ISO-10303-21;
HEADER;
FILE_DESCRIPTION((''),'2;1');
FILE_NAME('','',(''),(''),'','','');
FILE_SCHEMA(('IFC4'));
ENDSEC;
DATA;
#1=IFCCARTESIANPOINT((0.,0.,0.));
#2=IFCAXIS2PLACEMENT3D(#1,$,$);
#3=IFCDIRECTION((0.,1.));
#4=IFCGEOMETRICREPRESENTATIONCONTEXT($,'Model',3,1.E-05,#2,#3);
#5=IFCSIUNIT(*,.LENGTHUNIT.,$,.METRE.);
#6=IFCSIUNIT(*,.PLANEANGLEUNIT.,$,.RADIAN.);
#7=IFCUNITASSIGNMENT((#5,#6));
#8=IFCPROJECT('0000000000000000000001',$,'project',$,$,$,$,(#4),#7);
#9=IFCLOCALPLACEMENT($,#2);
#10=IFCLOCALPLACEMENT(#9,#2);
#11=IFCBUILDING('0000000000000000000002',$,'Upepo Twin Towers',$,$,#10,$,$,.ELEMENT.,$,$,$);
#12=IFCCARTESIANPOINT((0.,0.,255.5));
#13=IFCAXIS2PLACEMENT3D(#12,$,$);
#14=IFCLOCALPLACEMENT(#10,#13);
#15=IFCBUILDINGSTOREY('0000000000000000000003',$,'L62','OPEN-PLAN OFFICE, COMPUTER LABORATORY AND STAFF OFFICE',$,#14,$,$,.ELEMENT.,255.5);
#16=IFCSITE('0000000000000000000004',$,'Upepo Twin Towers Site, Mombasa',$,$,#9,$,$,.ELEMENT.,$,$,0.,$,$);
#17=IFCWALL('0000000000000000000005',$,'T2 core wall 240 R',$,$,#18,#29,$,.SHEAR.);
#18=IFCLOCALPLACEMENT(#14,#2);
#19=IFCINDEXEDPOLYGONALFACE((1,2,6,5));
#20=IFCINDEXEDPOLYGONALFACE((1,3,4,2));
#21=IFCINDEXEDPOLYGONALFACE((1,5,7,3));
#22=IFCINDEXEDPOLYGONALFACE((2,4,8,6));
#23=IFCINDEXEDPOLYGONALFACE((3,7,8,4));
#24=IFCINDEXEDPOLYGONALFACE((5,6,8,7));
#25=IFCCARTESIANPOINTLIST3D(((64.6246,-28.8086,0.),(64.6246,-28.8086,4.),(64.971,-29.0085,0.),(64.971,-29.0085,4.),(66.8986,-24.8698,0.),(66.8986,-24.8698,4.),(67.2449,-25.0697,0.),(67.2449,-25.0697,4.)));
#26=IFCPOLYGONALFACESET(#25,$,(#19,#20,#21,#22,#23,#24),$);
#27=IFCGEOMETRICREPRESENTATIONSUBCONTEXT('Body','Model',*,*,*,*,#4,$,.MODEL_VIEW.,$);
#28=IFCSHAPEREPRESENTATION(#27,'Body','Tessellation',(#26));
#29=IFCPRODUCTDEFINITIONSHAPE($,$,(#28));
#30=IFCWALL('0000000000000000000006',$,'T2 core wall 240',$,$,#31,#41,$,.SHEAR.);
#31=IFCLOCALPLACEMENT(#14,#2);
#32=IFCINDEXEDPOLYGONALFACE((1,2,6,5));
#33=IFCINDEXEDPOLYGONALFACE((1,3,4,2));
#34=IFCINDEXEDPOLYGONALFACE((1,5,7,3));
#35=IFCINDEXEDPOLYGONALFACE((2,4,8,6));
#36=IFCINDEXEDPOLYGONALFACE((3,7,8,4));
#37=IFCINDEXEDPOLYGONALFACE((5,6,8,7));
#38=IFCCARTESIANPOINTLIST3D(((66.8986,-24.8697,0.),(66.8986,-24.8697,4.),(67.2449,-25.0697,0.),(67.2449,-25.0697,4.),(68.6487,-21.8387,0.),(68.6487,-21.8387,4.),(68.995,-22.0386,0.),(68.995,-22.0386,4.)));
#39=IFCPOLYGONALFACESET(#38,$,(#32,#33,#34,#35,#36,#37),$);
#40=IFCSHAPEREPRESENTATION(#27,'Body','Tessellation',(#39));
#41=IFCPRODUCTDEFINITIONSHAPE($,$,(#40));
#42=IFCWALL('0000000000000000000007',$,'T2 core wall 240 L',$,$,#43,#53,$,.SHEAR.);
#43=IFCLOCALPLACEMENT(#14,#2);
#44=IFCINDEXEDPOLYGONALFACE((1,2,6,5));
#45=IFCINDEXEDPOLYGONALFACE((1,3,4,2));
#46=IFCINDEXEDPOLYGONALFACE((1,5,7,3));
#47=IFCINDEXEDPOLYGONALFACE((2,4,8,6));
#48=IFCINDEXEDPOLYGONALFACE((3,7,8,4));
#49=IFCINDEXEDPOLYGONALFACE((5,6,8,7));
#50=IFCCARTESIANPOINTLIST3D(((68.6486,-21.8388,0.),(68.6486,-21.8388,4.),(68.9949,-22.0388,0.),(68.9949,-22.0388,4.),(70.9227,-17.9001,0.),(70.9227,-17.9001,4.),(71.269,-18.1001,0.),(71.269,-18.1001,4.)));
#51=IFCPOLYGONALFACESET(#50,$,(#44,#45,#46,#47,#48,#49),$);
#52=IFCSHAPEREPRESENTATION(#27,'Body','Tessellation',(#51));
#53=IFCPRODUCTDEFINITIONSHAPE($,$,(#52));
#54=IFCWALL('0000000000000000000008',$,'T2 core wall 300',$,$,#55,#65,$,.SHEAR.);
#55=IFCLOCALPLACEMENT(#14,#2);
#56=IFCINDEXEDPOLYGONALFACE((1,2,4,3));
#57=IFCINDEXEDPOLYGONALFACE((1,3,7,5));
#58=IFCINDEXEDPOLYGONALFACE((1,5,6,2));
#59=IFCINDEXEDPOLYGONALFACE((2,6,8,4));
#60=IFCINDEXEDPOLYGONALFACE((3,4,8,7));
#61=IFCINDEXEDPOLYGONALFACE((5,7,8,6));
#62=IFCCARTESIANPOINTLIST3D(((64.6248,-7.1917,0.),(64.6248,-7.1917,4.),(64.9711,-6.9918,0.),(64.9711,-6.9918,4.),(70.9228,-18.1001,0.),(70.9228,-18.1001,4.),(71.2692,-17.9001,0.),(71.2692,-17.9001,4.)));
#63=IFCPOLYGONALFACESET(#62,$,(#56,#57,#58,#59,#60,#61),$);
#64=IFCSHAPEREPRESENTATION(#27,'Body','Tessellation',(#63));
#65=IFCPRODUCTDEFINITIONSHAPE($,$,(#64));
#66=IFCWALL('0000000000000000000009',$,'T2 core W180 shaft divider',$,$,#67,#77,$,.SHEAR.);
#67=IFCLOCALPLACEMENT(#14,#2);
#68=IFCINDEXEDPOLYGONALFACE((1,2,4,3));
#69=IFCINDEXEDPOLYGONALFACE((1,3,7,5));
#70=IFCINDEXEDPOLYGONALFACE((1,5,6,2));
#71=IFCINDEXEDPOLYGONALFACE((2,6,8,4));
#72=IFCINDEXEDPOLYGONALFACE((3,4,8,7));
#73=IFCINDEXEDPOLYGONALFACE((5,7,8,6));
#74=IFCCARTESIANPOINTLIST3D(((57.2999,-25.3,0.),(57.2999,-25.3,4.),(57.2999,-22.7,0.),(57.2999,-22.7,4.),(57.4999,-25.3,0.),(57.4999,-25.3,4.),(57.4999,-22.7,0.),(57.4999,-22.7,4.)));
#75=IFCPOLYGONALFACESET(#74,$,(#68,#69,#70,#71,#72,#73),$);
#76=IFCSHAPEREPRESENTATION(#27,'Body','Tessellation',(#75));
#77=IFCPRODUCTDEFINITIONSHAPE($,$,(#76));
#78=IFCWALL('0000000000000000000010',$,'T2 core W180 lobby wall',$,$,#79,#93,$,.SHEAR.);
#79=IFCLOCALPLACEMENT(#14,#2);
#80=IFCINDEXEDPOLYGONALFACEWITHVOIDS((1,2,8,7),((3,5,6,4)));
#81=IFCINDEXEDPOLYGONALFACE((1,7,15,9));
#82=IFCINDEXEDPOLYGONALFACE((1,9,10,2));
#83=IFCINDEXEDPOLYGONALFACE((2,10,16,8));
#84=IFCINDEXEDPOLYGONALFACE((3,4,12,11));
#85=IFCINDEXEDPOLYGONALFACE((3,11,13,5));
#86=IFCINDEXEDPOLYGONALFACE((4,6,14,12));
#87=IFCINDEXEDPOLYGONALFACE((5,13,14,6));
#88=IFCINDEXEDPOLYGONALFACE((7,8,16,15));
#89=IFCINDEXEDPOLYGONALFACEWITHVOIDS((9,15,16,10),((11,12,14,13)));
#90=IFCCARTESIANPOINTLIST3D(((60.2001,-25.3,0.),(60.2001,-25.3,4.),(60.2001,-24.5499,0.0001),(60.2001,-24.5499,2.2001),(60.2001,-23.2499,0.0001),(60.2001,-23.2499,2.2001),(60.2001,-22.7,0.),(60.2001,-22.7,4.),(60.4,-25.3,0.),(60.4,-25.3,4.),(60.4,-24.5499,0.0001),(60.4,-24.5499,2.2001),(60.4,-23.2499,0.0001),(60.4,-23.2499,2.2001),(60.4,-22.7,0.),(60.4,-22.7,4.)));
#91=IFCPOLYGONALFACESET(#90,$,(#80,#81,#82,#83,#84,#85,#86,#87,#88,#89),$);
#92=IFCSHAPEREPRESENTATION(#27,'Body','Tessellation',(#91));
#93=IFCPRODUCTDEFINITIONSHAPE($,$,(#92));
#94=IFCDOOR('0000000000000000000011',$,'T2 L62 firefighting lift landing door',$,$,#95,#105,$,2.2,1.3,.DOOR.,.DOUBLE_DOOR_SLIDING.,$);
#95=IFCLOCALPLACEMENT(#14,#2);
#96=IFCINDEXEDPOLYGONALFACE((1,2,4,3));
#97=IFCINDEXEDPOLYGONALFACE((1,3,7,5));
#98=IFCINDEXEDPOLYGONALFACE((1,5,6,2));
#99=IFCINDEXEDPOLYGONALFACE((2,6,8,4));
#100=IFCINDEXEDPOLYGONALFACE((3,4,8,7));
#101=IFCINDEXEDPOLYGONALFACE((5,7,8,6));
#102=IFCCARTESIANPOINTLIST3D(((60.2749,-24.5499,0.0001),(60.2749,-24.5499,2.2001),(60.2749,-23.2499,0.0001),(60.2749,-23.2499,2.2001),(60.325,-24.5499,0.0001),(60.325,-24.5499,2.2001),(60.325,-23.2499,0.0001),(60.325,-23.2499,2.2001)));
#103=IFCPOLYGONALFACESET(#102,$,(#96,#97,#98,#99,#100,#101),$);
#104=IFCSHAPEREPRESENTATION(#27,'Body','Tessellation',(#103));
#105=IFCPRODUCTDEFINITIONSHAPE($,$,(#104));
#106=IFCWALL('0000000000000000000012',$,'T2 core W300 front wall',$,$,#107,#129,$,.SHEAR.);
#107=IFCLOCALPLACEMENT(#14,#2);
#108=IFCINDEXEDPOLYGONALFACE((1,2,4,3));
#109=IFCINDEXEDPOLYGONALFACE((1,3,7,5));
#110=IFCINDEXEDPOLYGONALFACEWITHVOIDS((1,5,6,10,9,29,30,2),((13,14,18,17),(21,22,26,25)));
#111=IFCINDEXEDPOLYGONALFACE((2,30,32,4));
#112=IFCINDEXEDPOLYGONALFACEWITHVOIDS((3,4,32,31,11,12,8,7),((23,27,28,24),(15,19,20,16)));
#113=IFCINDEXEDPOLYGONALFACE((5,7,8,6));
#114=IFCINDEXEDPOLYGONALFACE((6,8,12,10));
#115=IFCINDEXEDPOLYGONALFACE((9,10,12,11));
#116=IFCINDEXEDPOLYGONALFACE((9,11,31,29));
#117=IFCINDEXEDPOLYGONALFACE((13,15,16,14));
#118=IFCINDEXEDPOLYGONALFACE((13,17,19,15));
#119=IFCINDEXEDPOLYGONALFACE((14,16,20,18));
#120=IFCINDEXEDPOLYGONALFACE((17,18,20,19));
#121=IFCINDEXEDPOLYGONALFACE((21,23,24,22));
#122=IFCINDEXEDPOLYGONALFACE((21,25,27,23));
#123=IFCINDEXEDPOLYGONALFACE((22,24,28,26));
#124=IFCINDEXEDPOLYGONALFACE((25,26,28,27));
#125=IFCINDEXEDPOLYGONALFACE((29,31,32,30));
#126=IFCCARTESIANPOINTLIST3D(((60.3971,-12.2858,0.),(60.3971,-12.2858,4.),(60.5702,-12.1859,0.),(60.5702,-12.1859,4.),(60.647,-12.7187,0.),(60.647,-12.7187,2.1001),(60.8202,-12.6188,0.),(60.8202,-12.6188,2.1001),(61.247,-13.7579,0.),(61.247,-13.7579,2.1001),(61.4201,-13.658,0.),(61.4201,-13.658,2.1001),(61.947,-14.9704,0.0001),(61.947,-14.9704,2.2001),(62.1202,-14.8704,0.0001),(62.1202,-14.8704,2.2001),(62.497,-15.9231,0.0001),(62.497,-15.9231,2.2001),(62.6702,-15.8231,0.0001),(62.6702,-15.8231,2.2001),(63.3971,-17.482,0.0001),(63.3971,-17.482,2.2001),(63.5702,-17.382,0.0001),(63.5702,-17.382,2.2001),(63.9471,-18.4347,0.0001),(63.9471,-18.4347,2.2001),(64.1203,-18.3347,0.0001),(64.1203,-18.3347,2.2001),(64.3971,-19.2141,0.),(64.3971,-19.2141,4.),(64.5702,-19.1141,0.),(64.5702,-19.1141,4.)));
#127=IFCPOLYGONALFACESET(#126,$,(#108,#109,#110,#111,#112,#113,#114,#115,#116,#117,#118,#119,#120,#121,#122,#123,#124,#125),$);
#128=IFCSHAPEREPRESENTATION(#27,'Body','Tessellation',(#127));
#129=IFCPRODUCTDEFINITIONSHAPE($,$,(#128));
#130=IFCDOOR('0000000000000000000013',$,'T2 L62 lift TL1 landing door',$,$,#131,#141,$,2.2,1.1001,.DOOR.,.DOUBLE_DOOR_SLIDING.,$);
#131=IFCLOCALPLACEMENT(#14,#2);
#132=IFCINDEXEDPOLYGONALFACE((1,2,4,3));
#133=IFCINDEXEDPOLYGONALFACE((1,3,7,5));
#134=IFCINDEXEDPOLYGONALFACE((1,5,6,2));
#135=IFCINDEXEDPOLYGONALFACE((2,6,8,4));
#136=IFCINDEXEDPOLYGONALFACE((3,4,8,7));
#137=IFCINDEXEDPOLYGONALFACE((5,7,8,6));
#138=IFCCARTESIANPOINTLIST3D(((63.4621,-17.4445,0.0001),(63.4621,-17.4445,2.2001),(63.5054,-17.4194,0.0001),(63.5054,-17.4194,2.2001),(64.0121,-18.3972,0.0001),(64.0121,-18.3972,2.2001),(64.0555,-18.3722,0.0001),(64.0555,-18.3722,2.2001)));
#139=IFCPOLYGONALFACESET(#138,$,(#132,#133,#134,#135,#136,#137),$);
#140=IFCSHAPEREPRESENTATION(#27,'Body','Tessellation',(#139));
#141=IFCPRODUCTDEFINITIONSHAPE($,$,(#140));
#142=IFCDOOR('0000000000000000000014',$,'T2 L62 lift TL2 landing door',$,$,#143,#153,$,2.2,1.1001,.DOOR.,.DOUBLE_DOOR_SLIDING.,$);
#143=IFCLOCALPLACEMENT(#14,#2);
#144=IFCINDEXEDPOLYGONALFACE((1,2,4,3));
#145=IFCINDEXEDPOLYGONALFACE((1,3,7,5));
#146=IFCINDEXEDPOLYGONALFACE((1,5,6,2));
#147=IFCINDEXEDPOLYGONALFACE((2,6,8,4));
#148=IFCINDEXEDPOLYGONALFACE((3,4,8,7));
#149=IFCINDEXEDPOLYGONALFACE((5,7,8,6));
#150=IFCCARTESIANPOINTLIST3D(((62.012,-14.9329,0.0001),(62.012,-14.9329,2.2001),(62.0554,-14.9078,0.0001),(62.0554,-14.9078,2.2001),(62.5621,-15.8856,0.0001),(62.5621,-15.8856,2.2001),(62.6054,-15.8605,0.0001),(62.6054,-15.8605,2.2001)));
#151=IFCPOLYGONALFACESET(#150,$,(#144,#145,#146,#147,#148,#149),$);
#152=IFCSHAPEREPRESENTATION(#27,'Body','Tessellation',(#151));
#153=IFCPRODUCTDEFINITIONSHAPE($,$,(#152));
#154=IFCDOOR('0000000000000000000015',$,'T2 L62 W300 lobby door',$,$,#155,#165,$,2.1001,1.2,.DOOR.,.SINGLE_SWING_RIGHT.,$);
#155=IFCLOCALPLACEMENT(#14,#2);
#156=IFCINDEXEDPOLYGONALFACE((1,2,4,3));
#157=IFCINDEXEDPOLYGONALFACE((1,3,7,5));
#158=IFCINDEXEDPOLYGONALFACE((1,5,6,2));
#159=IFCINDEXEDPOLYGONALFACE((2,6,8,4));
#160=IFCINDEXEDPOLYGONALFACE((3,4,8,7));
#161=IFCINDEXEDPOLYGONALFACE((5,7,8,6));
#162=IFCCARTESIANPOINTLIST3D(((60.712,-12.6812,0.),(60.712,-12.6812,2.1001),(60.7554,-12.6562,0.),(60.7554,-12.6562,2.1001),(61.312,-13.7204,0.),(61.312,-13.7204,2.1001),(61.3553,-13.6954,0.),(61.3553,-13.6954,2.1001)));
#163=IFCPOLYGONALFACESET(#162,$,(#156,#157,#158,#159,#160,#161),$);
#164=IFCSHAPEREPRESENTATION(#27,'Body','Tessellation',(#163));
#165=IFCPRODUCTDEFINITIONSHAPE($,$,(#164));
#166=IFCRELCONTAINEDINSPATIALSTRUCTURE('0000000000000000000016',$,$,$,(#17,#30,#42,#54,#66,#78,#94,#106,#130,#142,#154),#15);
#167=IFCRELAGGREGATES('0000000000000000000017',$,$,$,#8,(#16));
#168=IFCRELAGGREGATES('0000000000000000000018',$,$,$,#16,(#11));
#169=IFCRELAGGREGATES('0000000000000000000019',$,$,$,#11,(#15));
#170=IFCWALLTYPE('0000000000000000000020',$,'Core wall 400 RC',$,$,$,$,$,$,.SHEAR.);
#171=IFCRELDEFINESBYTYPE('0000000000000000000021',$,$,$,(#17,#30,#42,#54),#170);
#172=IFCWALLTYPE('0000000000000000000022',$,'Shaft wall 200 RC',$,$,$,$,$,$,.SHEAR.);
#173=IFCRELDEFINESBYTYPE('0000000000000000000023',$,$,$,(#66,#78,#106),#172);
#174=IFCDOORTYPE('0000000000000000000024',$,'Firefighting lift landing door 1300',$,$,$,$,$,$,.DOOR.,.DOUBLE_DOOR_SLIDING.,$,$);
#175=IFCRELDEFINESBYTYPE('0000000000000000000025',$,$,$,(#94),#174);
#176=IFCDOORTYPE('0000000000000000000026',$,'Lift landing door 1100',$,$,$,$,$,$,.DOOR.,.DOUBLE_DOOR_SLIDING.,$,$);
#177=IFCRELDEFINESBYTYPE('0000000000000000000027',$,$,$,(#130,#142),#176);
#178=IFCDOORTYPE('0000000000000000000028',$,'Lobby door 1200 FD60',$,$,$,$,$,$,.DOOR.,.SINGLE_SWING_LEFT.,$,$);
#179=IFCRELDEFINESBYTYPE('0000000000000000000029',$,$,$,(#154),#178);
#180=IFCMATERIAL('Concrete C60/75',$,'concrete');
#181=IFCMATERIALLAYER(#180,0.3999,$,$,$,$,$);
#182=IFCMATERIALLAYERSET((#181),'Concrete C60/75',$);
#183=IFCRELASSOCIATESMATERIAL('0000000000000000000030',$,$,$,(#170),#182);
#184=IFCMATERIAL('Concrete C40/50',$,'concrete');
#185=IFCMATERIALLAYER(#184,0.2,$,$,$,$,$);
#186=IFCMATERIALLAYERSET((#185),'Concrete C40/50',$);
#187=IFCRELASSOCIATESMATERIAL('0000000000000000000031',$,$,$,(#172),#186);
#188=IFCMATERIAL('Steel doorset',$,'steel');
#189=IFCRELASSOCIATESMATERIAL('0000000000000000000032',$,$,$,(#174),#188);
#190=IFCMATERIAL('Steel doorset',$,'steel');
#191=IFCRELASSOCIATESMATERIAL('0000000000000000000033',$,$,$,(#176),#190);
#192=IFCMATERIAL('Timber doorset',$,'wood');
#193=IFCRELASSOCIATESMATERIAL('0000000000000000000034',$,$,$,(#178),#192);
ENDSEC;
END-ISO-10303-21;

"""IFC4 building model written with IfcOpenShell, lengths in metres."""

from ifc_helpers import new_model, si_unit, direction, frame, frame_2d, origin, place, context, subcontext, project, spatial, rectangle, extrude, material, layer, layer_set, type_object, element, fill, save


model = new_model("IFC4")

# Units and contexts
model_context = context("Model", 3, precision=1e-05, world=origin(), true_north=direction((0.0, 1.0)))
body_context = subcontext(model_context, "Body", "Model", "MODEL_VIEW")
ifc_project = project(units=[si_unit("LENGTHUNIT", "METRE"), si_unit("PLANEANGLEUNIT", "RADIAN")], contexts=[model_context])

# Site, building, storey
site_placement = place(None, origin())
site = spatial("IfcSite", under=ifc_project, at=site_placement, Name="Upepo Twin Towers Site, Mombasa", CompositionType="ELEMENT", RefElevation=0.0)
building_placement = place(site_placement, origin())
building = spatial("IfcBuilding", under=site, at=building_placement, Name="Upepo Twin Towers", CompositionType="ELEMENT")
storey_placement = place(building_placement, frame((0.0, 0.0, 255.5)))
storey = spatial("IfcBuildingStorey", under=building, at=storey_placement, Name="L62", Description="OPEN-PLAN OFFICE, COMPUTER LABORATORY AND STAFF OFFICE", CompositionType="ELEMENT", Elevation=255.5)

# Walls
ifc_material_1 = material(Name="Concrete C60/75", Category="concrete")
ifc_layer_1 = layer(ifc_material_1, 0.3999)
ifc_layer_set_1 = layer_set([ifc_layer_1], Name="Concrete C60/75")
wall_type_1 = type_object("IfcWallType", Name="Core wall 400 RC", PredefinedType="SHEAR", material=ifc_layer_set_1)
wall_1_placement = place(storey_placement, frame((64.7979, -28.9084, 0.0), z_axis=(0.0, 0.0, 1.0), x_axis=(0.499984, 0.866035, 0.0)))
element("IfcWall", 1, at=wall_1_placement, inside=storey, type_object=wall_type_1, Name="T2 core wall 240 R", PredefinedType="SHEAR", context=body_context, shape_type="SweptSolid", body=[
    extrude(rectangle(XDim=4.5481, YDim=0.3999, at=frame_2d((2.2739, 0.0))), origin(), (0.0, 0.0, 1.0), 4.0),
])
wall_2_placement = place(storey_placement, frame((67.0718, -24.9697, 0.0), z_axis=(0.0, 0.0, 1.0), x_axis=(0.50001, 0.866019, 0.0)))
element("IfcWall", 2, at=wall_2_placement, inside=storey, type_object=wall_type_1, Name="T2 core wall 240", PredefinedType="SHEAR", context=body_context, shape_type="SweptSolid", body=[
    extrude(rectangle(XDim=3.5, YDim=0.3999, at=frame_2d((1.75, 0.0))), origin(), (0.0, 0.0, 1.0), 4.0),
])
wall_3_placement = place(storey_placement, frame((68.8218, -21.9387, 0.0), z_axis=(0.0, 0.0, 1.0), x_axis=(0.500024, 0.866011, 0.0)))
element("IfcWall", 3, at=wall_3_placement, inside=storey, type_object=wall_type_1, Name="T2 core wall 240 L", PredefinedType="SHEAR", context=body_context, shape_type="SweptSolid", body=[
    extrude(rectangle(XDim=4.5481, YDim=0.3999, at=frame_2d((2.2739, 0.0))), origin(), (0.0, 0.0, 1.0), 4.0),
])
wall_4_placement = place(storey_placement, frame((71.0959, -18.0, 0.0), z_axis=(0.0, 0.0, 1.0), x_axis=(-0.500006, 0.866022, 0.0)))
element("IfcWall", 4, at=wall_4_placement, inside=storey, type_object=wall_type_1, Name="T2 core wall 300", PredefinedType="SHEAR", context=body_context, shape_type="SweptSolid", body=[
    extrude(rectangle(XDim=12.5959, YDim=0.3999, at=frame_2d((6.2979, 0.0))), origin(), (0.0, 0.0, 1.0), 4.0),
])
ifc_material_2 = material(Name="Concrete C40/50", Category="concrete")
ifc_layer_2 = layer(ifc_material_2, 0.2)
ifc_layer_set_2 = layer_set([ifc_layer_2], Name="Concrete C40/50")
wall_type_2 = type_object("IfcWallType", Name="Shaft wall 200 RC", PredefinedType="SHEAR", material=ifc_layer_set_2)
wall_5_placement = place(storey_placement, frame((57.3999, -22.7, 0.0), z_axis=(0.0, 0.0, 1.0), x_axis=(0.0, -1.0, 0.0)))
element("IfcWall", 5, at=wall_5_placement, inside=storey, type_object=wall_type_2, Name="T2 core W180 shaft divider", PredefinedType="SHEAR", context=body_context, shape_type="SweptSolid", body=[
    extrude(rectangle(XDim=2.6001, YDim=0.2, at=frame_2d((1.3, 0.0))), origin(), (0.0, 0.0, 1.0), 4.0),
])

# Wall, opening, door
wall_6_placement = place(storey_placement, frame((60.3, -22.7, 0.0), z_axis=(0.0, 0.0, 1.0), x_axis=(0.0, -1.0, 0.0)))
wall_6 = element("IfcWall", 6, at=wall_6_placement, inside=storey, type_object=wall_type_2, Name="T2 core W180 lobby wall", PredefinedType="SHEAR", context=body_context, shape_type="SweptSolid", body=[
    extrude(rectangle(XDim=2.6001, YDim=0.2, at=frame_2d((1.3, 0.0))), origin(), (0.0, 0.0, 1.0), 4.0),
])
opening_1_placement = place(wall_6_placement, frame((0.55, 0.0, 0.0)))
opening_1 = element("IfcOpeningElement", 7, at=opening_1_placement, cuts=wall_6, PredefinedType="OPENING", context=body_context, shape_type="SweptSolid", body=[
    extrude(rectangle(XDim=1.3, YDim=2.2, at=frame_2d((0.6499, 1.1001))), frame((0.0, 0.1099, 0.0), z_axis=(0.0, -1.0, 0.0), x_axis=(1.0, 0.0, 0.0)), (0.0, 0.0, 1.0), 0.22),
])
ifc_material_3 = material(Name="Steel doorset", Category="steel")
door_type_1 = type_object("IfcDoorType", Name="Firefighting lift landing door 1300", OperationType="DOUBLE_DOOR_SLIDING", PredefinedType="DOOR", material=ifc_material_3)
door_1_placement = place(opening_1_placement, origin())
door_1 = element("IfcDoor", 8, at=door_1_placement, inside=storey, type_object=door_type_1, Name="T2 L62 firefighting lift landing door", OperationType="DOUBLE_DOOR_SLIDING", OverallHeight=2.2, OverallWidth=1.3, PredefinedType="DOOR", context=body_context, shape_type="SweptSolid", body=[
    extrude(rectangle(XDim=1.3, YDim=2.2, at=frame_2d((0.6499, 1.1001))), frame((0.0, 0.0249, 0.0), z_axis=(0.0, -1.0, 0.0), x_axis=(1.0, 0.0, 0.0)), (0.0, 0.0, 1.0), 0.05),
])
fill(opening_1, door_1)

# Wall, openings, doors
wall_7_placement = place(storey_placement, frame((64.4836, -19.1641, 0.0), z_axis=(0.0, 0.0, 1.0), x_axis=(-0.499999, 0.866026, 0.0)))
wall_7 = element("IfcWall", 9, at=wall_7_placement, inside=storey, type_object=wall_type_2, Name="T2 core W300 front wall", PredefinedType="SHEAR", context=body_context, shape_type="SweptSolid", body=[
    extrude(rectangle(XDim=8.0, YDim=0.2, at=frame_2d((4.0, 0.0))), origin(), (0.0, 0.0, 1.0), 4.0),
])
opening_2_placement = place(wall_7_placement, frame((6.3, 0.0, 0.0)))
opening_2 = element("IfcOpeningElement", 10, at=opening_2_placement, cuts=wall_7, PredefinedType="OPENING", context=body_context, shape_type="SweptSolid", body=[
    extrude(rectangle(XDim=1.2, YDim=2.1001, at=frame_2d((0.6001, 1.05))), frame((0.0, 0.1099, 0.0), z_axis=(0.0, -1.0, 0.0), x_axis=(1.0, 0.0, 0.0)), (0.0, 0.0, 1.0), 0.22),
])
opening_3_placement = place(wall_7_placement, frame((0.8999, 0.0, 0.0)))
opening_3 = element("IfcOpeningElement", 11, at=opening_3_placement, cuts=wall_7, PredefinedType="OPENING", context=body_context, shape_type="SweptSolid", body=[
    extrude(rectangle(XDim=1.1001, YDim=2.2, at=frame_2d((0.55, 1.1001))), frame((0.0, 0.1099, 0.0), z_axis=(0.0, -1.0, 0.0), x_axis=(1.0, 0.0, 0.0)), (0.0, 0.0, 1.0), 0.22),
])
opening_4_placement = place(wall_7_placement, frame((3.8, 0.0, 0.0)))
opening_4 = element("IfcOpeningElement", 12, at=opening_4_placement, cuts=wall_7, PredefinedType="OPENING", context=body_context, shape_type="SweptSolid", body=[
    extrude(rectangle(XDim=1.1001, YDim=2.2, at=frame_2d((0.55, 1.1001))), frame((0.0, 0.1099, 0.0), z_axis=(0.0, -1.0, 0.0), x_axis=(1.0, 0.0, 0.0)), (0.0, 0.0, 1.0), 0.22),
])
ifc_material_4 = material(Name="Steel doorset", Category="steel")
door_type_2 = type_object("IfcDoorType", Name="Lift landing door 1100", OperationType="DOUBLE_DOOR_SLIDING", PredefinedType="DOOR", material=ifc_material_4)
door_2_placement = place(opening_3_placement, origin())
door_2 = element("IfcDoor", 13, at=door_2_placement, inside=storey, type_object=door_type_2, Name="T2 L62 lift TL1 landing door", OperationType="DOUBLE_DOOR_SLIDING", OverallHeight=2.2, OverallWidth=1.1001, PredefinedType="DOOR", context=body_context, shape_type="SweptSolid", body=[
    extrude(rectangle(XDim=1.1001, YDim=2.2, at=frame_2d((0.55, 1.1001))), frame((0.0, 0.0249, 0.0), z_axis=(0.0, -1.0, 0.0), x_axis=(1.0, 0.0, 0.0)), (0.0, 0.0, 1.0), 0.05),
])
fill(opening_3, door_2)
door_3_placement = place(opening_4_placement, origin())
door_3 = element("IfcDoor", 14, at=door_3_placement, inside=storey, type_object=door_type_2, Name="T2 L62 lift TL2 landing door", OperationType="DOUBLE_DOOR_SLIDING", OverallHeight=2.2, OverallWidth=1.1001, PredefinedType="DOOR", context=body_context, shape_type="SweptSolid", body=[
    extrude(rectangle(XDim=1.1001, YDim=2.2, at=frame_2d((0.55, 1.1001))), frame((0.0, 0.0249, 0.0), z_axis=(0.0, -1.0, 0.0), x_axis=(1.0, 0.0, 0.0)), (0.0, 0.0, 1.0), 0.05),
])
fill(opening_4, door_3)
ifc_material_5 = material(Name="Timber doorset", Category="wood")
door_type_3 = type_object("IfcDoorType", Name="Lobby door 1200 FD60", OperationType="SINGLE_SWING_LEFT", PredefinedType="DOOR", material=ifc_material_5)
door_4_placement = place(opening_2_placement, origin())
door_4 = element("IfcDoor", 15, at=door_4_placement, inside=storey, type_object=door_type_3, Name="T2 L62 W300 lobby door", OperationType="SINGLE_SWING_RIGHT", OverallHeight=2.1001, OverallWidth=1.2, PredefinedType="DOOR", context=body_context, shape_type="SweptSolid", body=[
    extrude(rectangle(XDim=1.2, YDim=2.1001, at=frame_2d((0.6001, 1.05))), frame((0.0, 0.0249, 0.0), z_axis=(0.0, -1.0, 0.0), x_axis=(1.0, 0.0, 0.0)), (0.0, 0.0, 1.0), 0.05),
])
fill(opening_2, door_4)

save(model, "model.ifc")
